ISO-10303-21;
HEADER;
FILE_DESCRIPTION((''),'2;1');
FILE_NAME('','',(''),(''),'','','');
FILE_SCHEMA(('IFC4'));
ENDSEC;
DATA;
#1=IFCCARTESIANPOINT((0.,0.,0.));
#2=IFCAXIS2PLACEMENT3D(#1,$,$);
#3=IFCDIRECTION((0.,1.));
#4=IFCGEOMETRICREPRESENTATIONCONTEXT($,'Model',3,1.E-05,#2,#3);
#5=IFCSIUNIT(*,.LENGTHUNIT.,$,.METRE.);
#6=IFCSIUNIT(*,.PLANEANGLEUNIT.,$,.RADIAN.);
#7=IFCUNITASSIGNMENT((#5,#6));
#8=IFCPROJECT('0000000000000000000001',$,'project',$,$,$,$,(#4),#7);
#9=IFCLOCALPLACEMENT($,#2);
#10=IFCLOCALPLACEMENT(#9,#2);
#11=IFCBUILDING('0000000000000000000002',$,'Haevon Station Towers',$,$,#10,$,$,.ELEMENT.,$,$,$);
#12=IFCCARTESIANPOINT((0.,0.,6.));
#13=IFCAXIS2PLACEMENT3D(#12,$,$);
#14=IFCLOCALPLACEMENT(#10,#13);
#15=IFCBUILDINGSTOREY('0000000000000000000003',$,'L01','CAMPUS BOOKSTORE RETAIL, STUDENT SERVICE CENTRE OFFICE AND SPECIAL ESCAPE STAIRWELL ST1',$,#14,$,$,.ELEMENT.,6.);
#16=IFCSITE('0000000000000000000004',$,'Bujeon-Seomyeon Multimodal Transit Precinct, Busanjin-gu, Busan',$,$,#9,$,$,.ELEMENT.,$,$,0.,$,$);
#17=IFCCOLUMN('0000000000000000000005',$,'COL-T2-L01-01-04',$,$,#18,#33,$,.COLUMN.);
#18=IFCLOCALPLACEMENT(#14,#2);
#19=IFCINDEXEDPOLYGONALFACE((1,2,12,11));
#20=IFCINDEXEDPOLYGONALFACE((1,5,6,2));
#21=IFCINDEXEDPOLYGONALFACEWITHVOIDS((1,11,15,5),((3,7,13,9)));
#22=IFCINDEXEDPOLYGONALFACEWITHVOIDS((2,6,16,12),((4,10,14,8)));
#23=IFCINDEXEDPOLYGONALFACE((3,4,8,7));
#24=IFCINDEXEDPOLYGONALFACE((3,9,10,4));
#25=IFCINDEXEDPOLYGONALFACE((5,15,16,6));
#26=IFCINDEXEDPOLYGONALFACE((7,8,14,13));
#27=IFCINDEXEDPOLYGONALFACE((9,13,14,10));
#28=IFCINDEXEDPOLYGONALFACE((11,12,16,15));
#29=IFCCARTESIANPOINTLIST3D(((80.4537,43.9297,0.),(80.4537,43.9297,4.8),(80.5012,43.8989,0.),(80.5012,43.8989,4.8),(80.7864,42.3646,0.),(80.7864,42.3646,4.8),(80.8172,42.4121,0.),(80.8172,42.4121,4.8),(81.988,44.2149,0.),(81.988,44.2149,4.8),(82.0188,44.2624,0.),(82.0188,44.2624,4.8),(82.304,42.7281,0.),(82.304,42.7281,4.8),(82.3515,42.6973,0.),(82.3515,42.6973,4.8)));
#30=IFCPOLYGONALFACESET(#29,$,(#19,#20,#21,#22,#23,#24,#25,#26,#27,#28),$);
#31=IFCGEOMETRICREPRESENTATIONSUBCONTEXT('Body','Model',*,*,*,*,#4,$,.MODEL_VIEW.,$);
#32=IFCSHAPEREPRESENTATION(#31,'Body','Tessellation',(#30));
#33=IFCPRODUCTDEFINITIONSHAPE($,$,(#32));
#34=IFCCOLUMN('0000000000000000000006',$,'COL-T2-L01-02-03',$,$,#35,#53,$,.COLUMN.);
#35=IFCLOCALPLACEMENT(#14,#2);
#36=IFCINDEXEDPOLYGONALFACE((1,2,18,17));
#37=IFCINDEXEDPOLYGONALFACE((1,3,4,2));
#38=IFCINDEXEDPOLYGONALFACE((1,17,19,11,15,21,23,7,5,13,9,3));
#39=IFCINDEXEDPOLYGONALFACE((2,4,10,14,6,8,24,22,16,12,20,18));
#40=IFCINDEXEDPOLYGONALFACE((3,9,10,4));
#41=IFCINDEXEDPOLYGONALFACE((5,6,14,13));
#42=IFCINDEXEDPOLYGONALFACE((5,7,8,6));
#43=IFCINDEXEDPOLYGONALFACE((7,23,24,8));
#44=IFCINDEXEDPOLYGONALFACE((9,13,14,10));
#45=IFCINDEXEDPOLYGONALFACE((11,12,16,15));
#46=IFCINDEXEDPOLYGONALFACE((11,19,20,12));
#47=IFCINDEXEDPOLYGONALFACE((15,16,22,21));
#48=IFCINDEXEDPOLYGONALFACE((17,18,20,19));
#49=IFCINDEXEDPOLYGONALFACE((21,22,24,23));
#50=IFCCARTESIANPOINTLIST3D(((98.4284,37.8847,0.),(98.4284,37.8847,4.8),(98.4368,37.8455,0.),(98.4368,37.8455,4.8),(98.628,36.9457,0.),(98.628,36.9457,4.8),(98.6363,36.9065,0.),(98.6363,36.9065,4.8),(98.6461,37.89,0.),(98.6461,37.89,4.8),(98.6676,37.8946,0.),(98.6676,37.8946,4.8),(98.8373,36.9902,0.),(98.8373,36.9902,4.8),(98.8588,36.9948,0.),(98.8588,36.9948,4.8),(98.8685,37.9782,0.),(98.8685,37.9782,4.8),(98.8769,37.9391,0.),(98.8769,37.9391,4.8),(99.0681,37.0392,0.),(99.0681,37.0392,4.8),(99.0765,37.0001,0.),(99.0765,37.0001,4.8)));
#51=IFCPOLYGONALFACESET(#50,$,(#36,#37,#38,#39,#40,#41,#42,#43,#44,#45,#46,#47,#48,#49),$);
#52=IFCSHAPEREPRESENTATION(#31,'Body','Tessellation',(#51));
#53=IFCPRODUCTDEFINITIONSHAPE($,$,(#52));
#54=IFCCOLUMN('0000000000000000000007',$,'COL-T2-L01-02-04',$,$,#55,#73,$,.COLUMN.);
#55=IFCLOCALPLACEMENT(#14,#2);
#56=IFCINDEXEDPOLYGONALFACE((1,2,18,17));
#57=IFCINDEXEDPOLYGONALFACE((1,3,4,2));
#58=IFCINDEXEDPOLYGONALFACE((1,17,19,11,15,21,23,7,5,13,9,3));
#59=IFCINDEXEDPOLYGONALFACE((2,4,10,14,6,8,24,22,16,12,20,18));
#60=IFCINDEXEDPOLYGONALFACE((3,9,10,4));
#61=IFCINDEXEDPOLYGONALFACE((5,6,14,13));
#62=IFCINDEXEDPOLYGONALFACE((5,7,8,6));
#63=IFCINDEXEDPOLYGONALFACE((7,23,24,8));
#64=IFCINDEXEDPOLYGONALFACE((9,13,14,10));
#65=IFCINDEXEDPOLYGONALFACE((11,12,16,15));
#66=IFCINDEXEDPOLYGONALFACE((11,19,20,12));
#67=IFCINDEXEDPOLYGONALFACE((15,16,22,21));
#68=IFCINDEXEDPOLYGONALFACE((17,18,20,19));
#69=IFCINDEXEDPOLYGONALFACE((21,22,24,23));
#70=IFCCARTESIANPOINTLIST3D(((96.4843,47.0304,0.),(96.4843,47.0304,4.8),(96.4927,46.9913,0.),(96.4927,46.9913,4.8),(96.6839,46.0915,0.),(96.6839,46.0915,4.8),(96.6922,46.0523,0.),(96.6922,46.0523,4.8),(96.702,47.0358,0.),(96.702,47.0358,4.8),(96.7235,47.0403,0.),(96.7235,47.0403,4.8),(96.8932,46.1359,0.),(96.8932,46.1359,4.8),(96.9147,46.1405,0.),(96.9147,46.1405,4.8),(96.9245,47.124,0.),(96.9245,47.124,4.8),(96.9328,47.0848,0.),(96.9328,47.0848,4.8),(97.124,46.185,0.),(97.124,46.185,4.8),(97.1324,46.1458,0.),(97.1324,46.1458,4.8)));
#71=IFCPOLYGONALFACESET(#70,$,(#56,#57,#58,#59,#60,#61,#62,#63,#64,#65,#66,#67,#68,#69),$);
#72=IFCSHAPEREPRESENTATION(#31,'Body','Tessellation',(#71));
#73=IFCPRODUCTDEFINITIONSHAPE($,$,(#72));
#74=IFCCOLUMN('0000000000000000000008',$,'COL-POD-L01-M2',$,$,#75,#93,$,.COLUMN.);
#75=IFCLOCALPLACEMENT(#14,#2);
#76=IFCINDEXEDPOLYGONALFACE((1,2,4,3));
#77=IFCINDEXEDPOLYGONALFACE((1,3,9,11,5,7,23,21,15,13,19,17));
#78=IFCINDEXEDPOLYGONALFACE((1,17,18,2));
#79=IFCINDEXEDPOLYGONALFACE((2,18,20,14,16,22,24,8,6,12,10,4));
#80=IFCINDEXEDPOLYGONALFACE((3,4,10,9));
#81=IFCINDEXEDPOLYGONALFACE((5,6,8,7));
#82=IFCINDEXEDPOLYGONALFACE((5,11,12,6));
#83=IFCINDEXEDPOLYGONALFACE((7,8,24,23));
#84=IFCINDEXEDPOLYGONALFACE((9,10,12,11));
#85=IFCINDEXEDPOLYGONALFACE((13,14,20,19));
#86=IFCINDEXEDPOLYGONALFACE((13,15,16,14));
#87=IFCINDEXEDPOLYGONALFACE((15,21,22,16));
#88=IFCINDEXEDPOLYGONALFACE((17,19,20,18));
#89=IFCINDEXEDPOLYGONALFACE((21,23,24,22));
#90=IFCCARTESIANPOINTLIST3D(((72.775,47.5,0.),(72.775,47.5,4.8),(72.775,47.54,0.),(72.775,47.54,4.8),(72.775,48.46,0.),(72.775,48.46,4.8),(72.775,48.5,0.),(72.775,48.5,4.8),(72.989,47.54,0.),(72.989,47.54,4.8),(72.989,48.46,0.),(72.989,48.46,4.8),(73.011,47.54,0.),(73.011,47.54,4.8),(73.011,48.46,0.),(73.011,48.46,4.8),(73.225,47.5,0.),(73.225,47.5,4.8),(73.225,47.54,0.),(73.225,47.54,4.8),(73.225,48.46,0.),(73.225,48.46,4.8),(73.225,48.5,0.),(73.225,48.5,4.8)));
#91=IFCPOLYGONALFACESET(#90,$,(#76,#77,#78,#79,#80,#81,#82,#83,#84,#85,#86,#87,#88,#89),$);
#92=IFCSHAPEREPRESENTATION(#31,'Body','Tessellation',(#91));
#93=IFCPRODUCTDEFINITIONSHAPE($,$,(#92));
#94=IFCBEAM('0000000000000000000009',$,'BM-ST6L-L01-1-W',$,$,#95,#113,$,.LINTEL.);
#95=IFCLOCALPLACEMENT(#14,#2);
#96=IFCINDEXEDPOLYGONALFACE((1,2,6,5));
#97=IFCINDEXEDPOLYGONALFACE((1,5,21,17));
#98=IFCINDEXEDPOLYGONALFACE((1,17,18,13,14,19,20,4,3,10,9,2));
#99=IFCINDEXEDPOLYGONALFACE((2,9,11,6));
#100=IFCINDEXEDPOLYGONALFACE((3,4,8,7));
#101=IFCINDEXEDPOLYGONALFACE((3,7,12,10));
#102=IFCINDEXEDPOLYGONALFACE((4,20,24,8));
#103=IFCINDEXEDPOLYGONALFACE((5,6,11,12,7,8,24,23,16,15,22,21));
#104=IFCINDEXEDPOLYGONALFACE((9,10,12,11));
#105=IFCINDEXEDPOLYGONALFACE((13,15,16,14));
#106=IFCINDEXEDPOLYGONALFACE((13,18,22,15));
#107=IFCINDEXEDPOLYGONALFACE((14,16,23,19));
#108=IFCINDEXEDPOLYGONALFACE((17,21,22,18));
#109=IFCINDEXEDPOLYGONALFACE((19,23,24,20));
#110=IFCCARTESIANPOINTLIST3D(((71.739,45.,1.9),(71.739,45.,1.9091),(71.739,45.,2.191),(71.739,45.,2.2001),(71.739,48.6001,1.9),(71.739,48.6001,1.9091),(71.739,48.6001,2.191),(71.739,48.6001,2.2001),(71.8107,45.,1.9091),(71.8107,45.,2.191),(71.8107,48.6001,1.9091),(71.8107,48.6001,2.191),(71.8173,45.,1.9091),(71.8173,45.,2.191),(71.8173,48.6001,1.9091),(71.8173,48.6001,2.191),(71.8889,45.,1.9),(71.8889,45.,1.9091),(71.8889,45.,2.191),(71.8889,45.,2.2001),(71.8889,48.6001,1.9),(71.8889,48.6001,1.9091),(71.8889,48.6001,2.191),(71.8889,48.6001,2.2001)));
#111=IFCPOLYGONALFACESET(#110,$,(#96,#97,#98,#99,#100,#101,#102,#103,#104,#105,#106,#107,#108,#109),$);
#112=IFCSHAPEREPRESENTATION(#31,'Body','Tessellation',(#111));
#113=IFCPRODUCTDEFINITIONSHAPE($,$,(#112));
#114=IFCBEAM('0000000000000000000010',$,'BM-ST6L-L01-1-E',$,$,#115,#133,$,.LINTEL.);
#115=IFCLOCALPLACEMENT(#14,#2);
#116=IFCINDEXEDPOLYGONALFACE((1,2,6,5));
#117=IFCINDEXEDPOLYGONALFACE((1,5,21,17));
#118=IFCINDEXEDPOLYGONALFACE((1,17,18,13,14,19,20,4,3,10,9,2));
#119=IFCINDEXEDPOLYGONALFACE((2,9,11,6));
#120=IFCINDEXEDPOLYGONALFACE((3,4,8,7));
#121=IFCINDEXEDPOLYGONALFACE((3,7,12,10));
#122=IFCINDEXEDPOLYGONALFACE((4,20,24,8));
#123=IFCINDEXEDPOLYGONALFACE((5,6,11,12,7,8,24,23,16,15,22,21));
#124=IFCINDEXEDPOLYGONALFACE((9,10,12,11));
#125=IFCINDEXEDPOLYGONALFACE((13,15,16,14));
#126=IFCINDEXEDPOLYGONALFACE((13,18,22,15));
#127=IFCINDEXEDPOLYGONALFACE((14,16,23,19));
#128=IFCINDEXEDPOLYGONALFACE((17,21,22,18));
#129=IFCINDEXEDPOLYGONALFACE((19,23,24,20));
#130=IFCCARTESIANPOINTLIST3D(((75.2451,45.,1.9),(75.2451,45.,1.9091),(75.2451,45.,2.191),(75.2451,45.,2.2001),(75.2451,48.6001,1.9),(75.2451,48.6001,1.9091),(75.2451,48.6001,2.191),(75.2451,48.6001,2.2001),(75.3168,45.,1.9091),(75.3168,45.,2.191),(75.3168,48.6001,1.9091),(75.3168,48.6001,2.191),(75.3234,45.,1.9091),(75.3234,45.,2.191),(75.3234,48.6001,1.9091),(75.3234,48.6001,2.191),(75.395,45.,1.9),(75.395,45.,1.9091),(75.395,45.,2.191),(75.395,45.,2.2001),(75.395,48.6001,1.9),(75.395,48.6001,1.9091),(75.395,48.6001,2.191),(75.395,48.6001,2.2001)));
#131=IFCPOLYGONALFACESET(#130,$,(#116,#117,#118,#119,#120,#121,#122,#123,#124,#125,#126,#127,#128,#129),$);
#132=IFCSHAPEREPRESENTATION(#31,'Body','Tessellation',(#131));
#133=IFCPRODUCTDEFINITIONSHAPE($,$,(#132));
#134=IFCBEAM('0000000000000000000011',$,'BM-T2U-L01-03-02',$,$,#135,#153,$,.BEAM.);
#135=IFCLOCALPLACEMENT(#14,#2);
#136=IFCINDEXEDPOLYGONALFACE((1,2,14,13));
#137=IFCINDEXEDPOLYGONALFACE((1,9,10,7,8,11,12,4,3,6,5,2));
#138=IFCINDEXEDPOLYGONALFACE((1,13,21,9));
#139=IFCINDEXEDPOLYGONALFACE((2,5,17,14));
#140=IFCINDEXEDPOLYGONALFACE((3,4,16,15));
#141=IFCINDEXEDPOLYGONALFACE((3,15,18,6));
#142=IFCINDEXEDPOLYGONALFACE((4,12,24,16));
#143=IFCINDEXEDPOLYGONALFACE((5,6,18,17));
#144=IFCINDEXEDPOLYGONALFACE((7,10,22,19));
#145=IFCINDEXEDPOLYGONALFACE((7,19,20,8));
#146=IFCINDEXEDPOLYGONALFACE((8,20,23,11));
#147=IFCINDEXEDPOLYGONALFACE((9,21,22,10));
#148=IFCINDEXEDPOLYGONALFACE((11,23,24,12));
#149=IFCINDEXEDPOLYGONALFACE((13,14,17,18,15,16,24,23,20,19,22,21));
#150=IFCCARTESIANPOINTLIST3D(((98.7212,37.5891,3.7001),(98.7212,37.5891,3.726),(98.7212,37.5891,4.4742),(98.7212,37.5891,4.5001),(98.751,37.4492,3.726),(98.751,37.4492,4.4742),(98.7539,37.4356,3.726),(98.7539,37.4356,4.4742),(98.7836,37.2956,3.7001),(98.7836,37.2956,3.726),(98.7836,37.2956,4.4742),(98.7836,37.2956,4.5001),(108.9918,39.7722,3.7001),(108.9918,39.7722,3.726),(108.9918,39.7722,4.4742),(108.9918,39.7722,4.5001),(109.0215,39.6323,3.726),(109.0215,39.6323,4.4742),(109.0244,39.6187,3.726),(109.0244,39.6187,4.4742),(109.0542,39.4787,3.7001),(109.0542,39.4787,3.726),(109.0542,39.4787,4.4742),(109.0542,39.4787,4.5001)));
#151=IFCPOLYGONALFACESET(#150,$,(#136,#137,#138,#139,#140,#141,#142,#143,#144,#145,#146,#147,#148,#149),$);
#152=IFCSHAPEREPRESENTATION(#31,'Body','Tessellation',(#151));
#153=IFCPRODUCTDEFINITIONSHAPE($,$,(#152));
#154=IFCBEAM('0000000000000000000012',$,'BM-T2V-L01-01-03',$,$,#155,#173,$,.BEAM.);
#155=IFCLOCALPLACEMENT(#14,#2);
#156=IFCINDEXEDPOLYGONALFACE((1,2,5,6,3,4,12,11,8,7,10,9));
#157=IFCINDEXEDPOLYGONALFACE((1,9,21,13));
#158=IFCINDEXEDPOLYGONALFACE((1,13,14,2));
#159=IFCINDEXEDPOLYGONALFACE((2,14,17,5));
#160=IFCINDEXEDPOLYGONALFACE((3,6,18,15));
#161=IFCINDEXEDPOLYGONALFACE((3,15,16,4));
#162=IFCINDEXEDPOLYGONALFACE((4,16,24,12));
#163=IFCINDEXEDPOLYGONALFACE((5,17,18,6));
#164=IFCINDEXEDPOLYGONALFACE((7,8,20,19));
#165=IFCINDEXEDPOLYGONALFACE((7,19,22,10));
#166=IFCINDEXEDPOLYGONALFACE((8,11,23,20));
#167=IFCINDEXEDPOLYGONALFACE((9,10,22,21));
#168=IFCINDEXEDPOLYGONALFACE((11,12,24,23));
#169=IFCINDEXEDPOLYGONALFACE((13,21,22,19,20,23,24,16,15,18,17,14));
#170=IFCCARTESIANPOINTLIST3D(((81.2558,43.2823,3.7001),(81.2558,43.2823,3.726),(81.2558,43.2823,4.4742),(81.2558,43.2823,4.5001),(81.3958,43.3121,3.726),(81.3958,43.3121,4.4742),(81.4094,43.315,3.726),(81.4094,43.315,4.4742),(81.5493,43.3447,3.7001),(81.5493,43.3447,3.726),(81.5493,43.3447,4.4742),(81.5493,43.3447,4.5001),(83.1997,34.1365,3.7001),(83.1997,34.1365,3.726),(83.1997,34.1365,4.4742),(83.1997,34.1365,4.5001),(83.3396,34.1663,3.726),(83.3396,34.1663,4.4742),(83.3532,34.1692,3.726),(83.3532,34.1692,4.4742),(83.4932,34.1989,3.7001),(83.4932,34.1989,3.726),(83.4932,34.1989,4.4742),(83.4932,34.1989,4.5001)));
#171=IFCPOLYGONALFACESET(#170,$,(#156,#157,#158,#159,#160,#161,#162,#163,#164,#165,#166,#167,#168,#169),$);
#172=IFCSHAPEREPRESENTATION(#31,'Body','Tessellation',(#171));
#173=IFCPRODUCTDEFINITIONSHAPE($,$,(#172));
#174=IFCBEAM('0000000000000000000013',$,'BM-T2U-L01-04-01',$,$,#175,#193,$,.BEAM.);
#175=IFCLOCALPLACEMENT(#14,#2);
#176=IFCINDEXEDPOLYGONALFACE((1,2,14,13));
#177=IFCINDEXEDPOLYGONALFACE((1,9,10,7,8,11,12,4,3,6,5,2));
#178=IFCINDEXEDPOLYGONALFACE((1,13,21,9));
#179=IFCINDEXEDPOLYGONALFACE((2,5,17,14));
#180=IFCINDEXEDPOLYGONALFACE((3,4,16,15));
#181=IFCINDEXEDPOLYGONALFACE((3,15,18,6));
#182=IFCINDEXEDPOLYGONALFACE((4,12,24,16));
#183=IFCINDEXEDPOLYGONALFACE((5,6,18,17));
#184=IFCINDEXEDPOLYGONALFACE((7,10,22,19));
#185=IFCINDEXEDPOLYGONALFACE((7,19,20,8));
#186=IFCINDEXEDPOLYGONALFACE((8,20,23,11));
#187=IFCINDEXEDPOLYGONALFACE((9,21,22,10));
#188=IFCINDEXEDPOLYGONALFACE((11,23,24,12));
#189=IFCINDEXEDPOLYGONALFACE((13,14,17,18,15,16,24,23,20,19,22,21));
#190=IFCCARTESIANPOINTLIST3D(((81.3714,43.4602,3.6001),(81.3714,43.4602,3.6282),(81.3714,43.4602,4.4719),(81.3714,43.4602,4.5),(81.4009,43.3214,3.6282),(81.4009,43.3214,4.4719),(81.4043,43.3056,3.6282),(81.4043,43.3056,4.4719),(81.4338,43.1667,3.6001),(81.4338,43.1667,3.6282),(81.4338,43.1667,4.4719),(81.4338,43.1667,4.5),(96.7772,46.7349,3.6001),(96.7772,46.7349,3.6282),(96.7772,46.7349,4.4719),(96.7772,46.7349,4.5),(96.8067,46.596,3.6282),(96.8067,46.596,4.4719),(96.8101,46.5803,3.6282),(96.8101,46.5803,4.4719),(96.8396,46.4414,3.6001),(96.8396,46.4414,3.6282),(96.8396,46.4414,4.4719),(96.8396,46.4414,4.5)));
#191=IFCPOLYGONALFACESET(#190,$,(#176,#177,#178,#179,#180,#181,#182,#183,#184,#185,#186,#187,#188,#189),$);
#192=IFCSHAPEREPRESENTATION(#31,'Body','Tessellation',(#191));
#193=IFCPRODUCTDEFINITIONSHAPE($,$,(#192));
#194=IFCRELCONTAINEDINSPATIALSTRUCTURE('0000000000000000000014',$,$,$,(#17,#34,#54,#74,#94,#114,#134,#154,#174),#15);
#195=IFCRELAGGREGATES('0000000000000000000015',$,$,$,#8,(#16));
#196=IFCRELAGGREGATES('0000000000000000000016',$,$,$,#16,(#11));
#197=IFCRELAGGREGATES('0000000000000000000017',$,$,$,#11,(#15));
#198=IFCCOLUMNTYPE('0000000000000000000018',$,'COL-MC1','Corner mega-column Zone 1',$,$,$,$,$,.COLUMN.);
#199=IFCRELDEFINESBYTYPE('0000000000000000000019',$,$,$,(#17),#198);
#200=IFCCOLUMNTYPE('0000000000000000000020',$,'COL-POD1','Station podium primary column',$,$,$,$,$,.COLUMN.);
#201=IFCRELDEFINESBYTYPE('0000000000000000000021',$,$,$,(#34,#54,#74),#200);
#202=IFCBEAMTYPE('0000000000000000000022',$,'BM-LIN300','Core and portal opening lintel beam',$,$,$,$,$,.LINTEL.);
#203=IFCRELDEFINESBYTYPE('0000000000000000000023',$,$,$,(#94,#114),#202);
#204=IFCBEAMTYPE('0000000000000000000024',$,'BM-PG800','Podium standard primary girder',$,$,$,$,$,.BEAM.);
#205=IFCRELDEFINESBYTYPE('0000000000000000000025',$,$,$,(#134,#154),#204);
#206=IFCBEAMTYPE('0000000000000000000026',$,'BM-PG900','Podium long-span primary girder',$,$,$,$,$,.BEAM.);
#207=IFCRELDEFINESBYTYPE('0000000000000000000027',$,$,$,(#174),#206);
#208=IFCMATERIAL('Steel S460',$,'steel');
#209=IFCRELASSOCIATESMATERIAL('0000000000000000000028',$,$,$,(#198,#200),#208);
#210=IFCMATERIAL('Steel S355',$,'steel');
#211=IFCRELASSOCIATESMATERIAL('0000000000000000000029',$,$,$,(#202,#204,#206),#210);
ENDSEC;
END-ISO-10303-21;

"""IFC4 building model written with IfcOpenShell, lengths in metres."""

from ifc_helpers import new_model, si_unit, direction, frame, origin, origin_2d, place, context, subcontext, project, spatial, hollow_rectangle, i_section, extrude, material, material_profile, profile_set, type_object, element, save


model = new_model("IFC4")

# Units and contexts
model_context = context("Model", 3, precision=1e-05, world=origin(), true_north=direction((0.0, 1.0)))
body_context = subcontext(model_context, "Body", "Model", "MODEL_VIEW")
ifc_project = project(units=[si_unit("LENGTHUNIT", "METRE"), si_unit("PLANEANGLEUNIT", "RADIAN")], contexts=[model_context])

# Site, building, storey
site_placement = place(None, origin())
site = spatial("IfcSite", under=ifc_project, at=site_placement, Name="Bujeon-Seomyeon Multimodal Transit Precinct, Busanjin-gu, Busan", CompositionType="ELEMENT", RefElevation=0.0)
building_placement = place(site_placement, origin())
building = spatial("IfcBuilding", under=site, at=building_placement, Name="Haevon Station Towers", CompositionType="ELEMENT")
storey_placement = place(building_placement, frame((0.0, 0.0, 6.0)))
storey = spatial("IfcBuildingStorey", under=building, at=storey_placement, Name="L01", Description="CAMPUS BOOKSTORE RETAIL, STUDENT SERVICE CENTRE OFFICE AND SPECIAL ESCAPE STAIRWELL ST1", CompositionType="ELEMENT", Elevation=6.0)

# Columns
ifc_material_1 = material(Name="Steel S460", Category="steel")
ifc_material_profile_1 = material_profile(ifc_material_1, hollow_rectangle(XDim=1.6001, YDim=1.6001, WallThickness=0.04, at=origin_2d()), Name="BOX-1600x1600x40")
ifc_profile_set_1 = profile_set([ifc_material_profile_1], Name="Steel S460")
column_type_1 = type_object("IfcColumnType", Name="COL-MC1", Description="Corner mega-column Zone 1", PredefinedType="COLUMN", material=ifc_profile_set_1)
column_placement = place(storey_placement, frame((81.4026, 43.3135, 0.0), z_axis=(0.0, 0.0, 1.0), x_axis=(0.978148, 0.207912, 0.0)))
element("IfcColumn", 1, at=column_placement, inside=storey, type_object=column_type_1, Name="COL-T2-L01-01-04", PredefinedType="COLUMN", context=body_context, shape_type="SweptSolid", body=[
    extrude(hollow_rectangle(XDim=1.6001, YDim=1.6001, WallThickness=0.04, at=origin_2d()), origin(), (0.0, 0.0, 1.0), 4.8),
])
ifc_material_profile_2 = material_profile(ifc_material_1, i_section(OverallWidth=0.45, OverallDepth=1.0, WebThickness=0.022, FlangeThickness=0.04, at=origin_2d()), Name="H-1000x450x22x40")
ifc_profile_set_2 = profile_set([ifc_material_profile_2], Name="Steel S460")
column_type_2 = type_object("IfcColumnType", Name="COL-POD1", Description="Station podium primary column", PredefinedType="COLUMN", material=ifc_profile_set_2)
for number, where, z_axis, x_axis, name in (
    (2, (98.7524, 37.4424, 0.0), (0.0, 0.0, 1.0), (0.978148, 0.207912, 0.0), "COL-T2-L01-02-03"),
    (3, (96.8083, 46.5881, 0.0), (0.0, 0.0, 1.0), (0.978148, 0.207912, 0.0), "COL-T2-L01-02-04"),
    (4, (73.0, 48.0, 0.0), (0.0, 0.0, 1.0), (1.0, 0.0, 0.0), "COL-POD-L01-M2"),
):
    element("IfcColumn", number, at=place(storey_placement, frame(where, z_axis=z_axis, x_axis=x_axis)), inside=storey, type_object=column_type_2, Name=name, PredefinedType="COLUMN", context=body_context, shape_type="SweptSolid", body=[
        extrude(i_section(OverallWidth=0.45, OverallDepth=1.0, WebThickness=0.022, FlangeThickness=0.04, at=origin_2d()), origin(), (0.0, 0.0, 1.0), 4.8),
    ])

# Beams
ifc_material_2 = material(Name="Steel S355", Category="steel")
ifc_material_profile_3 = material_profile(ifc_material_2, i_section(OverallWidth=0.1499, OverallDepth=0.3, WebThickness=0.0066, FlangeThickness=0.009, at=origin_2d()), Name="H-300x150x6.5x9")
ifc_profile_set_3 = profile_set([ifc_material_profile_3], Name="Steel S355")
beam_type_1 = type_object("IfcBeamType", Name="BM-LIN300", Description="Core and portal opening lintel beam", PredefinedType="LINTEL", material=ifc_profile_set_3)
for number, where, z_axis, x_axis, name in (
    (5, (71.814, 45.0, 2.05), (0.0, 1.0, 0.0), (-1.0, 0.0, 0.0), "BM-ST6L-L01-1-W"),
    (6, (75.3201, 45.0, 2.05), (0.0, 1.0, 0.0), (-1.0, 0.0, 0.0), "BM-ST6L-L01-1-E"),
):
    element("IfcBeam", number, at=place(storey_placement, frame(where, z_axis=z_axis, x_axis=x_axis)), inside=storey, type_object=beam_type_1, Name=name, PredefinedType="LINTEL", context=body_context, shape_type="SweptSolid", body=[
        extrude(i_section(OverallWidth=0.1499, OverallDepth=0.3, WebThickness=0.0066, FlangeThickness=0.009, at=origin_2d()), origin(), (0.0, 0.0, 1.0), 3.6001),
    ])
ifc_material_profile_4 = material_profile(ifc_material_2, i_section(OverallWidth=0.3, OverallDepth=0.8, WebThickness=0.0139, FlangeThickness=0.0259, at=origin_2d()), Name="H-800x300x14x26")
ifc_profile_set_4 = profile_set([ifc_material_profile_4], Name="Steel S355")
beam_type_2 = type_object("IfcBeamType", Name="BM-PG800", Description="Podium standard primary girder", PredefinedType="BEAM", material=ifc_profile_set_4)
beam_1_placement = place(storey_placement, frame((98.7524, 37.4424, 4.1001), z_axis=(0.978147, 0.207915, 0.0), x_axis=(-0.207915, 0.978147, 0.0)))
element("IfcBeam", 7, at=beam_1_placement, inside=storey, type_object=beam_type_2, Name="BM-T2U-L01-03-02", PredefinedType="BEAM", context=body_context, shape_type="SweptSolid", body=[
    extrude(i_section(OverallWidth=0.3, OverallDepth=0.8, WebThickness=0.0139, FlangeThickness=0.0259, at=origin_2d()), origin(), (0.0, 0.0, 1.0), 10.5),
])
beam_2_placement = place(storey_placement, frame((83.3464, 34.1677, 4.1001), z_axis=(-0.207897, 0.978151, 0.0), x_axis=(-0.978151, -0.207897, 0.0)))
element("IfcBeam", 8, at=beam_2_placement, inside=storey, type_object=beam_type_2, Name="BM-T2V-L01-01-03", PredefinedType="BEAM", context=body_context, shape_type="SweptSolid", body=[
    extrude(i_section(OverallWidth=0.3, OverallDepth=0.8, WebThickness=0.0139, FlangeThickness=0.0259, at=origin_2d()), origin(), (0.0, 0.0, 1.0), 9.3501),
])
ifc_material_profile_5 = material_profile(ifc_material_2, i_section(OverallWidth=0.3, OverallDepth=0.8999, WebThickness=0.0161, FlangeThickness=0.0281, at=origin_2d()), Name="H-900x300x16x28")
ifc_profile_set_5 = profile_set([ifc_material_profile_5], Name="Steel S355")
beam_type_3 = type_object("IfcBeamType", Name="BM-PG900", Description="Podium long-span primary girder", PredefinedType="BEAM", material=ifc_profile_set_5)
beam_3_placement = place(storey_placement, frame((81.4026, 43.3135, 4.05), z_axis=(0.978147, 0.207915, 0.0), x_axis=(-0.207915, 0.978147, 0.0)))
element("IfcBeam", 9, at=beam_3_placement, inside=storey, type_object=beam_type_3, Name="BM-T2U-L01-04-01", PredefinedType="BEAM", context=body_context, shape_type="SweptSolid", body=[
    extrude(i_section(OverallWidth=0.3, OverallDepth=0.8999, WebThickness=0.0161, FlangeThickness=0.0281, at=origin_2d()), origin(), (0.0, 0.0, 1.0), 15.75),
])

save(model, "model.ifc")
